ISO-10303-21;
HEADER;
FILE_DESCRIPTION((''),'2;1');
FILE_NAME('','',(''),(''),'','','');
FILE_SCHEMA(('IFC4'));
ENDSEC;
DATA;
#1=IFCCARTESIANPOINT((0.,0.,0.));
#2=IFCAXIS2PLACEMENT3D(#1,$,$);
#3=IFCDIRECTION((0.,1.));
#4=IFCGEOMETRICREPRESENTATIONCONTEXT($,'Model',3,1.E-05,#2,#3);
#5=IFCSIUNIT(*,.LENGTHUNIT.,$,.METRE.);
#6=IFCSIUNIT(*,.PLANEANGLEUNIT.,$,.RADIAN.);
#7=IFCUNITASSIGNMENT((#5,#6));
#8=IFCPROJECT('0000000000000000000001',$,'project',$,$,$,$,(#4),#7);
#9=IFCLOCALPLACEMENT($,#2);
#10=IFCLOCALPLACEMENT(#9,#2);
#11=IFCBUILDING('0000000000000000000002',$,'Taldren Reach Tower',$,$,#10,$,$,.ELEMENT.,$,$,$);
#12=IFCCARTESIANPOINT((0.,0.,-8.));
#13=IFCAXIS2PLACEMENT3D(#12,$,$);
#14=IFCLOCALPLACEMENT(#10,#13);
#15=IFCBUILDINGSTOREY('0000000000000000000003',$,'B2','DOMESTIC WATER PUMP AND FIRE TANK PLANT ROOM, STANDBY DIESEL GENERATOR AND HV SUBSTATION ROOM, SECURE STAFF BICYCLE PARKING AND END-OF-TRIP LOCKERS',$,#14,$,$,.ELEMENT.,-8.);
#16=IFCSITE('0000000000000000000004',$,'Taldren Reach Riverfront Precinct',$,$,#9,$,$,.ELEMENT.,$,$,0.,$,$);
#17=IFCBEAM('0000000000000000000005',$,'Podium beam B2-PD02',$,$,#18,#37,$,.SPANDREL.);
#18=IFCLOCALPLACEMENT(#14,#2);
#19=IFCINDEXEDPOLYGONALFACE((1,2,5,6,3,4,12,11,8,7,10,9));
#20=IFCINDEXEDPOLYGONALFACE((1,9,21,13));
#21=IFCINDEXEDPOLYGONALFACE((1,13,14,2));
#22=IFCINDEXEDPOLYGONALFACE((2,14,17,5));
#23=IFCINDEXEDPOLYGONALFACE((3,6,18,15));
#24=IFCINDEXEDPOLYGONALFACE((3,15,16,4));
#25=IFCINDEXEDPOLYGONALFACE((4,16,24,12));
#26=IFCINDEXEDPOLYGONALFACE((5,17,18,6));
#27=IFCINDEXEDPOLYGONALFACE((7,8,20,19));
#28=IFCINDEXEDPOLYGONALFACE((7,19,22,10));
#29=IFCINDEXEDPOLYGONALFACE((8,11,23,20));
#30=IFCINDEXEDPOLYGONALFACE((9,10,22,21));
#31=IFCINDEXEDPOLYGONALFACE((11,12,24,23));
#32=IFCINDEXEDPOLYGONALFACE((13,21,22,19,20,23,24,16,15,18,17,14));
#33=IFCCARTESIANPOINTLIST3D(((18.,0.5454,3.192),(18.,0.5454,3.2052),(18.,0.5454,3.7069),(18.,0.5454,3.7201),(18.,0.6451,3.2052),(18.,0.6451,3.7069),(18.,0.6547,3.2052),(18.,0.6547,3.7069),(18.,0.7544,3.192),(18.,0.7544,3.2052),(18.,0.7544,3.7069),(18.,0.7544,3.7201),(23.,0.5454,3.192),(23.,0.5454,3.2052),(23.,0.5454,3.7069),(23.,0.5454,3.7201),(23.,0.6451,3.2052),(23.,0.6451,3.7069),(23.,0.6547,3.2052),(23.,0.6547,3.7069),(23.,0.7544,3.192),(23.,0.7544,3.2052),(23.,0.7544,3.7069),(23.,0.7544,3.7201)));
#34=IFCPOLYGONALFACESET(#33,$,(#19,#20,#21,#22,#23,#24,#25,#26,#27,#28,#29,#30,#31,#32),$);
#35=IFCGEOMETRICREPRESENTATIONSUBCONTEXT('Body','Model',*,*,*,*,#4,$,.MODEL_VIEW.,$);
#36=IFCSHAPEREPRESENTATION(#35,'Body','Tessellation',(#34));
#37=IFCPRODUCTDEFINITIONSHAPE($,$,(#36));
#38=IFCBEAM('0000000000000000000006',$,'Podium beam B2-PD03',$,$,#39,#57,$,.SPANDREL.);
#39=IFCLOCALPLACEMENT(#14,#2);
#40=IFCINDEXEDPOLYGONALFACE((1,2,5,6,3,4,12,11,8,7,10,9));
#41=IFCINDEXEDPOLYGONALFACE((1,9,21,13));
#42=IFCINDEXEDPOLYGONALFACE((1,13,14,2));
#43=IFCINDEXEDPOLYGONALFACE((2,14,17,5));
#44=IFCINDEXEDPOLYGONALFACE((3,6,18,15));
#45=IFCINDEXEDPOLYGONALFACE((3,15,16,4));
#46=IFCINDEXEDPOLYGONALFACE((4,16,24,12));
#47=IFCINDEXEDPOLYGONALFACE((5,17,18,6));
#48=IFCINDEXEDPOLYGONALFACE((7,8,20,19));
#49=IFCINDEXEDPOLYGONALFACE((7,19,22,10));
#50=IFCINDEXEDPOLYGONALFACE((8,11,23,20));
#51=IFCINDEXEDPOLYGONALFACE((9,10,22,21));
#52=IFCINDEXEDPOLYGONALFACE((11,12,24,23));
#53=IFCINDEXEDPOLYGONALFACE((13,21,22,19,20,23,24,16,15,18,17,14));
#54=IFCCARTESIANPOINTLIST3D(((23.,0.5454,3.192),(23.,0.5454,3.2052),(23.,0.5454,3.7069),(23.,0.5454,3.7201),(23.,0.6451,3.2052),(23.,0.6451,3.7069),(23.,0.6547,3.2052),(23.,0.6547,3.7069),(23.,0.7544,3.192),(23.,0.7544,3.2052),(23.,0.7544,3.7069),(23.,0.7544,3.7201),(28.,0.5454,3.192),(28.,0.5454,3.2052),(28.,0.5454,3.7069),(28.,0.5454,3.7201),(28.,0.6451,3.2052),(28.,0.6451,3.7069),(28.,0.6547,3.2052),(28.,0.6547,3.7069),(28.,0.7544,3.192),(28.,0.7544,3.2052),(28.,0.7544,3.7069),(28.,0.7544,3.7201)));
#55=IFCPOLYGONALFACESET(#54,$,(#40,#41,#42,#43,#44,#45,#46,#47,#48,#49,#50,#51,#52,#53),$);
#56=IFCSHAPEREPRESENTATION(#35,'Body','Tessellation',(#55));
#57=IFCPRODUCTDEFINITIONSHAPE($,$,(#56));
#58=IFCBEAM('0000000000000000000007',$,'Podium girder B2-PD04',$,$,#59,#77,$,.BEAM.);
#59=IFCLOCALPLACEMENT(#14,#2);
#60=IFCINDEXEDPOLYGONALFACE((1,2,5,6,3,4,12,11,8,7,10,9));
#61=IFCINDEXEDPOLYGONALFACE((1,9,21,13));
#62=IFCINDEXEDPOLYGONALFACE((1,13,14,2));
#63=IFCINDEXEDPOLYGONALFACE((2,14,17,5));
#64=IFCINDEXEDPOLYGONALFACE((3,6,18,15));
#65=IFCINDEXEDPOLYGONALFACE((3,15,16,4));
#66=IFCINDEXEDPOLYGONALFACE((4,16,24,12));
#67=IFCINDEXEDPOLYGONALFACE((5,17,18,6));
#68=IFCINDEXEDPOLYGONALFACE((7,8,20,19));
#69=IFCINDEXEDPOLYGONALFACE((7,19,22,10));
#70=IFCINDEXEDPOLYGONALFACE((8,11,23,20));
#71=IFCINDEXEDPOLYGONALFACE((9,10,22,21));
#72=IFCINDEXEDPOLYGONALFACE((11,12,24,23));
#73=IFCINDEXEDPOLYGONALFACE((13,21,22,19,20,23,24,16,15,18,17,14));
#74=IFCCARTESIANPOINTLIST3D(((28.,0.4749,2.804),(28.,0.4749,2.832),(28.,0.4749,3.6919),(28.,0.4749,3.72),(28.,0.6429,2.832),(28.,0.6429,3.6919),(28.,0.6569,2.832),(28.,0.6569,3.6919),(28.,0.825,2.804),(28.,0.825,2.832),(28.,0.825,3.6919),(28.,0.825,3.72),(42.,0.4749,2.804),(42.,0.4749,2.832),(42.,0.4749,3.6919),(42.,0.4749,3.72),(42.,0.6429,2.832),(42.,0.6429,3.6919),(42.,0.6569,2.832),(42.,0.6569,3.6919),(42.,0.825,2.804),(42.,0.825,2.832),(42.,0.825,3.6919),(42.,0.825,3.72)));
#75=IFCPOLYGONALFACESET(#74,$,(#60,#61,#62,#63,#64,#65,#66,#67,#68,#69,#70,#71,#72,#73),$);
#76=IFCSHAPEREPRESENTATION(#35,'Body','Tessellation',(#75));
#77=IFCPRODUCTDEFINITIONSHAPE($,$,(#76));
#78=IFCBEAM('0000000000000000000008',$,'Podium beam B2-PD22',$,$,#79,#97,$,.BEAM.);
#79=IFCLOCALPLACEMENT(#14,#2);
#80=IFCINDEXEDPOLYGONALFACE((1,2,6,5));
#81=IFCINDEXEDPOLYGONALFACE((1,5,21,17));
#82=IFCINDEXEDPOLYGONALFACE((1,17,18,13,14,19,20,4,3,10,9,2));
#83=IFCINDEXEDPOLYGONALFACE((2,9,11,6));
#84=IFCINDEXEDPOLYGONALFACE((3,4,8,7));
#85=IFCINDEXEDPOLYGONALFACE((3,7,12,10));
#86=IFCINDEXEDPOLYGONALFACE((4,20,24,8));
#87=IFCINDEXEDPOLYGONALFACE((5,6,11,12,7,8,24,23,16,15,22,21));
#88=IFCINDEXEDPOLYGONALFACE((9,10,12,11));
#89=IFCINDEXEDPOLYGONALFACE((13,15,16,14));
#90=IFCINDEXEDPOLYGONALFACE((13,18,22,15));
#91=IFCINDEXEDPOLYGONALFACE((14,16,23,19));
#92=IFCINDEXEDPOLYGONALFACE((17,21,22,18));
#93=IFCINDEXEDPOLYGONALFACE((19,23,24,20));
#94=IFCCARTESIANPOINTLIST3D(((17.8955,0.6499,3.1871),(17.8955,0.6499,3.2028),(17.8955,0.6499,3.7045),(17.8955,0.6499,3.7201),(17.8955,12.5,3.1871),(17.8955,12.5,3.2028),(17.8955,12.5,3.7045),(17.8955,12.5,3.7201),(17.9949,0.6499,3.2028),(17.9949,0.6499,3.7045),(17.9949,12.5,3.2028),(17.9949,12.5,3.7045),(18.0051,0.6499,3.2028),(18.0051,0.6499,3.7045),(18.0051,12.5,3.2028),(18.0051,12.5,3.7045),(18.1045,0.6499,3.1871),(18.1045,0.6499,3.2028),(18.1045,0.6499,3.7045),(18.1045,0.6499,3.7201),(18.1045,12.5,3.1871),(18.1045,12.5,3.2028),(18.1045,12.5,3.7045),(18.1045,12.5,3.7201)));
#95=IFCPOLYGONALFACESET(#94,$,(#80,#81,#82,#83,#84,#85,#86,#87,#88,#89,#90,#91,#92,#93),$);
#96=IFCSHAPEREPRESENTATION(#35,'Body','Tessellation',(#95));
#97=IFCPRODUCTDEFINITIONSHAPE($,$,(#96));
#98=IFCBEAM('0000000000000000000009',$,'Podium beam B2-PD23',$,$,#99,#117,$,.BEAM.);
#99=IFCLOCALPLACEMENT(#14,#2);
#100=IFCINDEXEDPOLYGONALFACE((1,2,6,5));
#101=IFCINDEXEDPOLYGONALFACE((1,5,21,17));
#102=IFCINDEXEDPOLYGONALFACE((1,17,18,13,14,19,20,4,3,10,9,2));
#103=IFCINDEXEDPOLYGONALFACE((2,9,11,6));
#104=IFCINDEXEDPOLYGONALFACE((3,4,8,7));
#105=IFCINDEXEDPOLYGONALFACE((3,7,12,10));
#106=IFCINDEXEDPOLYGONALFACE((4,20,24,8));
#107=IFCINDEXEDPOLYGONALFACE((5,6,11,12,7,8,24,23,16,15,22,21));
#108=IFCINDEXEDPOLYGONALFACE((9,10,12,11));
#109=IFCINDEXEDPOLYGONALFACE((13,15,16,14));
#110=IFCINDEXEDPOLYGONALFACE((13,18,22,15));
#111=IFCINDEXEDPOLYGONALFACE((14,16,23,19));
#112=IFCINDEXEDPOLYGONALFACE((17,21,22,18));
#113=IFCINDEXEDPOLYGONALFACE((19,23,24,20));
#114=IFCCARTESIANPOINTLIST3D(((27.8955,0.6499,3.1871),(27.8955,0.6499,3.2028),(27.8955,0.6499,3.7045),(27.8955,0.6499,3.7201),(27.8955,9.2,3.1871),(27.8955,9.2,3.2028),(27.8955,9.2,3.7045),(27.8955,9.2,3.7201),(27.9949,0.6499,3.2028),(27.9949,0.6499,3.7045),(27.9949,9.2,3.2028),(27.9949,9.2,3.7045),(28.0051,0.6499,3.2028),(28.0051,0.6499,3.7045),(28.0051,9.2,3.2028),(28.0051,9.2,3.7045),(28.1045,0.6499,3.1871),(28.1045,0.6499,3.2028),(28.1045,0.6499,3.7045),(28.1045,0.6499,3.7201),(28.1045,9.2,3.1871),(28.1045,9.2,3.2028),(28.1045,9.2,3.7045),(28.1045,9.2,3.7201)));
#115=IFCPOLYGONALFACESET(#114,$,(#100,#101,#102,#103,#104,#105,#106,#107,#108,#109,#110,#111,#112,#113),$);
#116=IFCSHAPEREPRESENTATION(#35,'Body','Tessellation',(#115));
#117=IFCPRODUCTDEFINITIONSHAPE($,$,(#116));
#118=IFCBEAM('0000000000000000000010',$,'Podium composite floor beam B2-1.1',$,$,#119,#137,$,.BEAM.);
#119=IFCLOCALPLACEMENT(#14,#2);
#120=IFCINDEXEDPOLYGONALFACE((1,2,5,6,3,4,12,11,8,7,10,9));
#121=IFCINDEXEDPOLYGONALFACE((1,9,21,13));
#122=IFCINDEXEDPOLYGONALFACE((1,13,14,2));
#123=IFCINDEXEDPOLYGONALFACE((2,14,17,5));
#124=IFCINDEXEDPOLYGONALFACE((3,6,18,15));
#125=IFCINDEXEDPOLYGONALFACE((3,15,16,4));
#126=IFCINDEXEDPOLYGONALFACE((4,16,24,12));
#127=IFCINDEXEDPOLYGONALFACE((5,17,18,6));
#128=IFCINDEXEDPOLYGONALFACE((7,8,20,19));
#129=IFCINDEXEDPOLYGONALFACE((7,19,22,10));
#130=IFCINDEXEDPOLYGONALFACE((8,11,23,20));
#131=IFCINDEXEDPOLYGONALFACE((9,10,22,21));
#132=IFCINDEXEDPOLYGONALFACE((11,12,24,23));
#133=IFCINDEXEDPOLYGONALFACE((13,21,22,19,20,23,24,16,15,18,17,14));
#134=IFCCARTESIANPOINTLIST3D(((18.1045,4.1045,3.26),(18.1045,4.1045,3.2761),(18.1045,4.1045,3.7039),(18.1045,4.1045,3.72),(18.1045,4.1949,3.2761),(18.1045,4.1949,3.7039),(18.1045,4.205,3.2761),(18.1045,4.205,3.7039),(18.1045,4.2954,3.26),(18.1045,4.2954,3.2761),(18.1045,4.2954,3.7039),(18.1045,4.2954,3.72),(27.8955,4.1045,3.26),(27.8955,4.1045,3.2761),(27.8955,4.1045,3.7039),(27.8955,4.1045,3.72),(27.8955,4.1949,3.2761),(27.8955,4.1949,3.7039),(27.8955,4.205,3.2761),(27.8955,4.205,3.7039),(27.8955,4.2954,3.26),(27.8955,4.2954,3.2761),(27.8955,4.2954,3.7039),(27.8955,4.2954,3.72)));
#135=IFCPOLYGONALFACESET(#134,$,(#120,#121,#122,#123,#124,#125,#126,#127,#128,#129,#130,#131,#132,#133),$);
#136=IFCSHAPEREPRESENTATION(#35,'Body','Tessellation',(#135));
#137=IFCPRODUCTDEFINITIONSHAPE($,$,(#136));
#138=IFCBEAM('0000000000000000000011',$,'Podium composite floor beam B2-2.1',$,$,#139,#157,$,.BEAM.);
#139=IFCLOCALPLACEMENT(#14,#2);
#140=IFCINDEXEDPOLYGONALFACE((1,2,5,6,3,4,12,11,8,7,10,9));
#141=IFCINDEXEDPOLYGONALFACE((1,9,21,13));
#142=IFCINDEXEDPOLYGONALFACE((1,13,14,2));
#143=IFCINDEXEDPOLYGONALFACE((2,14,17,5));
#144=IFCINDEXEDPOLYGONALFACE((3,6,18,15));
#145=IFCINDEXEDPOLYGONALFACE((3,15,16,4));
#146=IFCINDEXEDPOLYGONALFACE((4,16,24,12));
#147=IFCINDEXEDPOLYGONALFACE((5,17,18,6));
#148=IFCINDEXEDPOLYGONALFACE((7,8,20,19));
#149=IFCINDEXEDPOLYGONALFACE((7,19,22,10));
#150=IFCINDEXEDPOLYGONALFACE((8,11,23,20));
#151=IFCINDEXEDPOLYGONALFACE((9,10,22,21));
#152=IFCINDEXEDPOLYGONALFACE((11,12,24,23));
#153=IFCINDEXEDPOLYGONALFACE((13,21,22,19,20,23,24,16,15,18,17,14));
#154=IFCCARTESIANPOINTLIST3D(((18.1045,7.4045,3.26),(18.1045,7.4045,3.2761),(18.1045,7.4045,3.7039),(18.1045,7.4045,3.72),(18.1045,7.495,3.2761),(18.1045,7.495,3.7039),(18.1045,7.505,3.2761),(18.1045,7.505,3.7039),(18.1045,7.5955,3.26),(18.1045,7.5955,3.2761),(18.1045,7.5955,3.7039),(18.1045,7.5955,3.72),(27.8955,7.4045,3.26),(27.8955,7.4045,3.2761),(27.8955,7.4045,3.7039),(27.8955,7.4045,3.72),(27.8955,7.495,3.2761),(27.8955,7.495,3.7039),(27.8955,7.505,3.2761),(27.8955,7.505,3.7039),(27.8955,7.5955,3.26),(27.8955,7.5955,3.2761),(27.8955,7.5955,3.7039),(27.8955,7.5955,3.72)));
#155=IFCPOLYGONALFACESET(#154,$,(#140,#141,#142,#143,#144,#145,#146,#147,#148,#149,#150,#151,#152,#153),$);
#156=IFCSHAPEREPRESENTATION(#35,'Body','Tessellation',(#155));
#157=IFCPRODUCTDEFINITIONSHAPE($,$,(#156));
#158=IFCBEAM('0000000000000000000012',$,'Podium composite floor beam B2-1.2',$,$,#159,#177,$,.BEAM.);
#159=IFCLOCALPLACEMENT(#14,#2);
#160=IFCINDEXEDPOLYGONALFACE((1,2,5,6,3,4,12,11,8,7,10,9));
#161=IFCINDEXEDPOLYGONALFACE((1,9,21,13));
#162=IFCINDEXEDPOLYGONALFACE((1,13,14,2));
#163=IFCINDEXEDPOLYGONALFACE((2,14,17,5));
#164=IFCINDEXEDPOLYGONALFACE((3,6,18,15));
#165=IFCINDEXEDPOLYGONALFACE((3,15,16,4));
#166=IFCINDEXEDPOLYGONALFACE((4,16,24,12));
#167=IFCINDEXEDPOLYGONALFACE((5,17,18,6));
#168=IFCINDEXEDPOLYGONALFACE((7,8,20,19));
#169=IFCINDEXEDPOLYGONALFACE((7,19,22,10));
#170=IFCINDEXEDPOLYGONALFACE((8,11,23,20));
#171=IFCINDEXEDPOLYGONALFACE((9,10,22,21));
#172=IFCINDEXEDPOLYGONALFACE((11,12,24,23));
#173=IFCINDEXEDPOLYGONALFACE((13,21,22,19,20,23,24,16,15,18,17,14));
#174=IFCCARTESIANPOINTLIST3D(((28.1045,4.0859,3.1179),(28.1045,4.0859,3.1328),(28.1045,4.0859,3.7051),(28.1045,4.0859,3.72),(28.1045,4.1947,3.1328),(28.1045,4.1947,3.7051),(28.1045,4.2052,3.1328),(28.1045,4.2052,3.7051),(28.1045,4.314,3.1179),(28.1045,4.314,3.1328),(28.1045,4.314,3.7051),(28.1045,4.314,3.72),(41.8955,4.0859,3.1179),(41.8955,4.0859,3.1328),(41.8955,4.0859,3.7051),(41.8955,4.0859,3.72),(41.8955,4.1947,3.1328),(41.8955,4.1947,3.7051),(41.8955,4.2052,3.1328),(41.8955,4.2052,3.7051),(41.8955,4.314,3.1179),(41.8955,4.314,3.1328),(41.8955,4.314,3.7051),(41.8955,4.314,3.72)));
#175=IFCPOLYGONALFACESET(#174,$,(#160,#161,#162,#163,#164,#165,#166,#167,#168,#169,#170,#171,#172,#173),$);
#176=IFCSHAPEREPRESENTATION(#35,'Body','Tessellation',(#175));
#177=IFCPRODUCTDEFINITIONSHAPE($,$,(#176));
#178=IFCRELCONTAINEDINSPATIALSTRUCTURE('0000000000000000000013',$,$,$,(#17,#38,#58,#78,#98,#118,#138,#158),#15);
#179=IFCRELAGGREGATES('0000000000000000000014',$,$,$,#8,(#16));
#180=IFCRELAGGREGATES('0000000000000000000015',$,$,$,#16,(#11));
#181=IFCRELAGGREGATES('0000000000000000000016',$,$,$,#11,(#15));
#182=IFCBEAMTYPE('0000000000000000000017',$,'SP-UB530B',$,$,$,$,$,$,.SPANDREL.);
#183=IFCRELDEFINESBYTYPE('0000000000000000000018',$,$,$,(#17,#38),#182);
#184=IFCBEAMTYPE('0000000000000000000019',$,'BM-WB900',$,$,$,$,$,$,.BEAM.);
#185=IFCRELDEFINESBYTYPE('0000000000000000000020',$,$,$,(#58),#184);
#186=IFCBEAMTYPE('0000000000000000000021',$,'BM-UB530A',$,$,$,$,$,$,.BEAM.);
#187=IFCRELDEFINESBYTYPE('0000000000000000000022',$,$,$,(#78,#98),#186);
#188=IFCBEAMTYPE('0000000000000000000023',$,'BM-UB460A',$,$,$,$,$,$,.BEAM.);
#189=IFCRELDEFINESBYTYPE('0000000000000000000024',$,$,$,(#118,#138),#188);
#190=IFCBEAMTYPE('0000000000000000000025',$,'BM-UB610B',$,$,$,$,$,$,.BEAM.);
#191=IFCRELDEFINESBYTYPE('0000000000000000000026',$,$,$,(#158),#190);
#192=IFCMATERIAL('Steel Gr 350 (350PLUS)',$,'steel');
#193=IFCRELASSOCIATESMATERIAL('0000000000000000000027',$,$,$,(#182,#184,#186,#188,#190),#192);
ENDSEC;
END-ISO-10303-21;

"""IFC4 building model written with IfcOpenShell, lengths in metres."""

from ifc_helpers import new_model, si_unit, direction, frame, origin, origin_2d, place, context, subcontext, project, spatial, i_section, extrude, source, transform, mapped, material, material_profile, profile_set, type_object, element, save


model = new_model("IFC4")

# Units and contexts
model_context = context("Model", 3, precision=1e-05, world=origin(), true_north=direction((0.0, 1.0)))
body_context = subcontext(model_context, "Body", "Model", "MODEL_VIEW")
ifc_project = project(units=[si_unit("LENGTHUNIT", "METRE"), si_unit("PLANEANGLEUNIT", "RADIAN")], contexts=[model_context])

# Site, building, storey
site_placement = place(None, origin())
site = spatial("IfcSite", under=ifc_project, at=site_placement, Name="Taldren Reach Riverfront Precinct", CompositionType="ELEMENT", RefElevation=0.0)
building_placement = place(site_placement, origin())
building = spatial("IfcBuilding", under=site, at=building_placement, Name="Taldren Reach Tower", CompositionType="ELEMENT")
storey_placement = place(building_placement, frame((0.0, 0.0, -8.0)))
storey = spatial("IfcBuildingStorey", under=building, at=storey_placement, Name="B2", Description="DOMESTIC WATER PUMP AND FIRE TANK PLANT ROOM, STANDBY DIESEL GENERATOR AND HV SUBSTATION ROOM, SECURE STAFF BICYCLE PARKING AND END-OF-TRIP LOCKERS", CompositionType="ELEMENT", Elevation=-8.0)

# Beams
ifc_material_1 = material(Name="Steel Gr 350 (350PLUS)", Category="steel")
ifc_material_profile_1 = material_profile(ifc_material_1, i_section(OverallWidth=0.209, OverallDepth=0.5281, WebThickness=0.0095, FlangeThickness=0.0132, at=origin_2d()), Name="530UB82.0")
ifc_profile_set_1 = profile_set([ifc_material_profile_1], Name="Steel Gr 350 (350PLUS)")
beam_type_1 = type_object("IfcBeamType", Name="SP-UB530B", PredefinedType="SPANDREL", material=ifc_profile_set_1)
shared_shape_1 = source(origin(), body_context, "Body", "SweptSolid", [
    extrude(i_section(OverallWidth=0.209, OverallDepth=0.5281, WebThickness=0.0095, FlangeThickness=0.0132, at=origin_2d()), origin(), (0.0, 0.0, 1.0), 5.0),
])
for number, where, z_axis, x_axis, name in (
    (1, (18.0, 0.6499, 3.4561), (1.0, 0.0, 0.0), (0.0, 1.0, 0.0), "Podium beam B2-PD02"),
    (2, (23.0, 0.6499, 3.4561), (1.0, 0.0, 0.0), (0.0, 1.0, 0.0), "Podium beam B2-PD03"),
):
    element("IfcBeam", number, at=place(storey_placement, frame(where, z_axis=z_axis, x_axis=x_axis)), inside=storey, type_object=beam_type_1, Name=name, PredefinedType="SPANDREL", context=body_context, shape_type="MappedRepresentation", body=[
        mapped(shared_shape_1, transform((0.0, 0.0, 0.0), scale=1.0)),
    ])
ifc_material_profile_2 = material_profile(ifc_material_1, i_section(OverallWidth=0.3501, OverallDepth=0.916, WebThickness=0.0139, FlangeThickness=0.0281, at=origin_2d()), Name="900WB257")
ifc_profile_set_2 = profile_set([ifc_material_profile_2], Name="Steel Gr 350 (350PLUS)")
beam_type_2 = type_object("IfcBeamType", Name="BM-WB900", PredefinedType="BEAM", material=ifc_profile_set_2)
shared_shape_2 = source(origin(), body_context, "Body", "SweptSolid", [
    extrude(i_section(OverallWidth=0.3501, OverallDepth=0.916, WebThickness=0.0139, FlangeThickness=0.0281, at=origin_2d()), origin(), (0.0, 0.0, 1.0), 14.0),
])
beam_1_placement = place(storey_placement, frame((28.0, 0.6499, 3.262), z_axis=(1.0, 0.0, 0.0), x_axis=(0.0, 1.0, 0.0)))
element("IfcBeam", 3, at=beam_1_placement, inside=storey, type_object=beam_type_2, Name="Podium girder B2-PD04", PredefinedType="BEAM", context=body_context, shape_type="MappedRepresentation", body=[
    mapped(shared_shape_2, transform((0.0, 0.0, 0.0), scale=1.0)),
])
ifc_material_profile_3 = material_profile(ifc_material_1, i_section(OverallWidth=0.209, OverallDepth=0.533, WebThickness=0.0103, FlangeThickness=0.0156, at=origin_2d()), Name="530UB92.4")
ifc_profile_set_3 = profile_set([ifc_material_profile_3], Name="Steel Gr 350 (350PLUS)")
beam_type_3 = type_object("IfcBeamType", Name="BM-UB530A", PredefinedType="BEAM", material=ifc_profile_set_3)
shared_shape_3 = source(origin(), body_context, "Body", "SweptSolid", [
    extrude(i_section(OverallWidth=0.209, OverallDepth=0.533, WebThickness=0.0103, FlangeThickness=0.0156, at=origin_2d()), origin(), (0.0, 0.0, 1.0), 11.8501),
])
beam_2_placement = place(storey_placement, frame((18.0, 0.6499, 3.4536), z_axis=(0.0, 1.0, 0.0), x_axis=(-1.0, 0.0, 0.0)))
element("IfcBeam", 4, at=beam_2_placement, inside=storey, type_object=beam_type_3, Name="Podium beam B2-PD22", PredefinedType="BEAM", context=body_context, shape_type="MappedRepresentation", body=[
    mapped(shared_shape_3, transform((0.0, 0.0, 0.0), scale=1.0)),
])
shared_shape_4 = source(origin(), body_context, "Body", "SweptSolid", [
    extrude(i_section(OverallWidth=0.209, OverallDepth=0.533, WebThickness=0.0103, FlangeThickness=0.0156, at=origin_2d()), origin(), (0.0, 0.0, 1.0), 8.55),
])
beam_3_placement = place(storey_placement, frame((28.0, 0.6499, 3.4536), z_axis=(0.0, 1.0, 0.0), x_axis=(-1.0, 0.0, 0.0)))
element("IfcBeam", 5, at=beam_3_placement, inside=storey, type_object=beam_type_3, Name="Podium beam B2-PD23", PredefinedType="BEAM", context=body_context, shape_type="MappedRepresentation", body=[
    mapped(shared_shape_4, transform((0.0, 0.0, 0.0), scale=1.0)),
])
ifc_material_profile_4 = material_profile(ifc_material_1, i_section(OverallWidth=0.1909, OverallDepth=0.46, WebThickness=0.01, FlangeThickness=0.0161, at=origin_2d()), Name="460UB82.1")
ifc_profile_set_4 = profile_set([ifc_material_profile_4], Name="Steel Gr 350 (350PLUS)")
beam_type_4 = type_object("IfcBeamType", Name="BM-UB460A", PredefinedType="BEAM", material=ifc_profile_set_4)
shared_shape_5 = source(origin(), body_context, "Body", "SweptSolid", [
    extrude(i_section(OverallWidth=0.1909, OverallDepth=0.46, WebThickness=0.01, FlangeThickness=0.0161, at=origin_2d()), origin(), (0.0, 0.0, 1.0), 9.791),
])
for number, where, z_axis, x_axis, name in (
    (6, (18.1045, 4.2, 3.49), (1.0, 0.0, 0.0), (0.0, 1.0, 0.0), "Podium composite floor beam B2-1.1"),
    (7, (18.1045, 7.5, 3.49), (1.0, 0.0, 0.0), (0.0, 1.0, 0.0), "Podium composite floor beam B2-2.1"),
):
    element("IfcBeam", number, at=place(storey_placement, frame(where, z_axis=z_axis, x_axis=x_axis)), inside=storey, type_object=beam_type_4, Name=name, PredefinedType="BEAM", context=body_context, shape_type="MappedRepresentation", body=[
        mapped(shared_shape_5, transform((0.0, 0.0, 0.0), scale=1.0)),
    ])
ifc_material_profile_5 = material_profile(ifc_material_1, i_section(OverallWidth=0.228, OverallDepth=0.6021, WebThickness=0.0105, FlangeThickness=0.0149, at=origin_2d()), Name="610UB101")
ifc_profile_set_5 = profile_set([ifc_material_profile_5], Name="Steel Gr 350 (350PLUS)")
beam_type_5 = type_object("IfcBeamType", Name="BM-UB610B", PredefinedType="BEAM", material=ifc_profile_set_5)
shared_shape_6 = source(origin(), body_context, "Body", "SweptSolid", [
    extrude(i_section(OverallWidth=0.228, OverallDepth=0.6021, WebThickness=0.0105, FlangeThickness=0.0149, at=origin_2d()), origin(), (0.0, 0.0, 1.0), 13.791),
])
for number, where, z_axis, x_axis, name in (
    (8, (28.1045, 4.2, 3.4189), (1.0, 0.0, 0.0), (0.0, 1.0, 0.0), "Podium composite floor beam B2-1.2"),
):
    element("IfcBeam", number, at=place(storey_placement, frame(where, z_axis=z_axis, x_axis=x_axis)), inside=storey, type_object=beam_type_5, Name=name, PredefinedType="BEAM", context=body_context, shape_type="MappedRepresentation", body=[
        mapped(shared_shape_6, transform((0.0, 0.0, 0.0), scale=1.0)),
    ])

save(model, "model.ifc")
